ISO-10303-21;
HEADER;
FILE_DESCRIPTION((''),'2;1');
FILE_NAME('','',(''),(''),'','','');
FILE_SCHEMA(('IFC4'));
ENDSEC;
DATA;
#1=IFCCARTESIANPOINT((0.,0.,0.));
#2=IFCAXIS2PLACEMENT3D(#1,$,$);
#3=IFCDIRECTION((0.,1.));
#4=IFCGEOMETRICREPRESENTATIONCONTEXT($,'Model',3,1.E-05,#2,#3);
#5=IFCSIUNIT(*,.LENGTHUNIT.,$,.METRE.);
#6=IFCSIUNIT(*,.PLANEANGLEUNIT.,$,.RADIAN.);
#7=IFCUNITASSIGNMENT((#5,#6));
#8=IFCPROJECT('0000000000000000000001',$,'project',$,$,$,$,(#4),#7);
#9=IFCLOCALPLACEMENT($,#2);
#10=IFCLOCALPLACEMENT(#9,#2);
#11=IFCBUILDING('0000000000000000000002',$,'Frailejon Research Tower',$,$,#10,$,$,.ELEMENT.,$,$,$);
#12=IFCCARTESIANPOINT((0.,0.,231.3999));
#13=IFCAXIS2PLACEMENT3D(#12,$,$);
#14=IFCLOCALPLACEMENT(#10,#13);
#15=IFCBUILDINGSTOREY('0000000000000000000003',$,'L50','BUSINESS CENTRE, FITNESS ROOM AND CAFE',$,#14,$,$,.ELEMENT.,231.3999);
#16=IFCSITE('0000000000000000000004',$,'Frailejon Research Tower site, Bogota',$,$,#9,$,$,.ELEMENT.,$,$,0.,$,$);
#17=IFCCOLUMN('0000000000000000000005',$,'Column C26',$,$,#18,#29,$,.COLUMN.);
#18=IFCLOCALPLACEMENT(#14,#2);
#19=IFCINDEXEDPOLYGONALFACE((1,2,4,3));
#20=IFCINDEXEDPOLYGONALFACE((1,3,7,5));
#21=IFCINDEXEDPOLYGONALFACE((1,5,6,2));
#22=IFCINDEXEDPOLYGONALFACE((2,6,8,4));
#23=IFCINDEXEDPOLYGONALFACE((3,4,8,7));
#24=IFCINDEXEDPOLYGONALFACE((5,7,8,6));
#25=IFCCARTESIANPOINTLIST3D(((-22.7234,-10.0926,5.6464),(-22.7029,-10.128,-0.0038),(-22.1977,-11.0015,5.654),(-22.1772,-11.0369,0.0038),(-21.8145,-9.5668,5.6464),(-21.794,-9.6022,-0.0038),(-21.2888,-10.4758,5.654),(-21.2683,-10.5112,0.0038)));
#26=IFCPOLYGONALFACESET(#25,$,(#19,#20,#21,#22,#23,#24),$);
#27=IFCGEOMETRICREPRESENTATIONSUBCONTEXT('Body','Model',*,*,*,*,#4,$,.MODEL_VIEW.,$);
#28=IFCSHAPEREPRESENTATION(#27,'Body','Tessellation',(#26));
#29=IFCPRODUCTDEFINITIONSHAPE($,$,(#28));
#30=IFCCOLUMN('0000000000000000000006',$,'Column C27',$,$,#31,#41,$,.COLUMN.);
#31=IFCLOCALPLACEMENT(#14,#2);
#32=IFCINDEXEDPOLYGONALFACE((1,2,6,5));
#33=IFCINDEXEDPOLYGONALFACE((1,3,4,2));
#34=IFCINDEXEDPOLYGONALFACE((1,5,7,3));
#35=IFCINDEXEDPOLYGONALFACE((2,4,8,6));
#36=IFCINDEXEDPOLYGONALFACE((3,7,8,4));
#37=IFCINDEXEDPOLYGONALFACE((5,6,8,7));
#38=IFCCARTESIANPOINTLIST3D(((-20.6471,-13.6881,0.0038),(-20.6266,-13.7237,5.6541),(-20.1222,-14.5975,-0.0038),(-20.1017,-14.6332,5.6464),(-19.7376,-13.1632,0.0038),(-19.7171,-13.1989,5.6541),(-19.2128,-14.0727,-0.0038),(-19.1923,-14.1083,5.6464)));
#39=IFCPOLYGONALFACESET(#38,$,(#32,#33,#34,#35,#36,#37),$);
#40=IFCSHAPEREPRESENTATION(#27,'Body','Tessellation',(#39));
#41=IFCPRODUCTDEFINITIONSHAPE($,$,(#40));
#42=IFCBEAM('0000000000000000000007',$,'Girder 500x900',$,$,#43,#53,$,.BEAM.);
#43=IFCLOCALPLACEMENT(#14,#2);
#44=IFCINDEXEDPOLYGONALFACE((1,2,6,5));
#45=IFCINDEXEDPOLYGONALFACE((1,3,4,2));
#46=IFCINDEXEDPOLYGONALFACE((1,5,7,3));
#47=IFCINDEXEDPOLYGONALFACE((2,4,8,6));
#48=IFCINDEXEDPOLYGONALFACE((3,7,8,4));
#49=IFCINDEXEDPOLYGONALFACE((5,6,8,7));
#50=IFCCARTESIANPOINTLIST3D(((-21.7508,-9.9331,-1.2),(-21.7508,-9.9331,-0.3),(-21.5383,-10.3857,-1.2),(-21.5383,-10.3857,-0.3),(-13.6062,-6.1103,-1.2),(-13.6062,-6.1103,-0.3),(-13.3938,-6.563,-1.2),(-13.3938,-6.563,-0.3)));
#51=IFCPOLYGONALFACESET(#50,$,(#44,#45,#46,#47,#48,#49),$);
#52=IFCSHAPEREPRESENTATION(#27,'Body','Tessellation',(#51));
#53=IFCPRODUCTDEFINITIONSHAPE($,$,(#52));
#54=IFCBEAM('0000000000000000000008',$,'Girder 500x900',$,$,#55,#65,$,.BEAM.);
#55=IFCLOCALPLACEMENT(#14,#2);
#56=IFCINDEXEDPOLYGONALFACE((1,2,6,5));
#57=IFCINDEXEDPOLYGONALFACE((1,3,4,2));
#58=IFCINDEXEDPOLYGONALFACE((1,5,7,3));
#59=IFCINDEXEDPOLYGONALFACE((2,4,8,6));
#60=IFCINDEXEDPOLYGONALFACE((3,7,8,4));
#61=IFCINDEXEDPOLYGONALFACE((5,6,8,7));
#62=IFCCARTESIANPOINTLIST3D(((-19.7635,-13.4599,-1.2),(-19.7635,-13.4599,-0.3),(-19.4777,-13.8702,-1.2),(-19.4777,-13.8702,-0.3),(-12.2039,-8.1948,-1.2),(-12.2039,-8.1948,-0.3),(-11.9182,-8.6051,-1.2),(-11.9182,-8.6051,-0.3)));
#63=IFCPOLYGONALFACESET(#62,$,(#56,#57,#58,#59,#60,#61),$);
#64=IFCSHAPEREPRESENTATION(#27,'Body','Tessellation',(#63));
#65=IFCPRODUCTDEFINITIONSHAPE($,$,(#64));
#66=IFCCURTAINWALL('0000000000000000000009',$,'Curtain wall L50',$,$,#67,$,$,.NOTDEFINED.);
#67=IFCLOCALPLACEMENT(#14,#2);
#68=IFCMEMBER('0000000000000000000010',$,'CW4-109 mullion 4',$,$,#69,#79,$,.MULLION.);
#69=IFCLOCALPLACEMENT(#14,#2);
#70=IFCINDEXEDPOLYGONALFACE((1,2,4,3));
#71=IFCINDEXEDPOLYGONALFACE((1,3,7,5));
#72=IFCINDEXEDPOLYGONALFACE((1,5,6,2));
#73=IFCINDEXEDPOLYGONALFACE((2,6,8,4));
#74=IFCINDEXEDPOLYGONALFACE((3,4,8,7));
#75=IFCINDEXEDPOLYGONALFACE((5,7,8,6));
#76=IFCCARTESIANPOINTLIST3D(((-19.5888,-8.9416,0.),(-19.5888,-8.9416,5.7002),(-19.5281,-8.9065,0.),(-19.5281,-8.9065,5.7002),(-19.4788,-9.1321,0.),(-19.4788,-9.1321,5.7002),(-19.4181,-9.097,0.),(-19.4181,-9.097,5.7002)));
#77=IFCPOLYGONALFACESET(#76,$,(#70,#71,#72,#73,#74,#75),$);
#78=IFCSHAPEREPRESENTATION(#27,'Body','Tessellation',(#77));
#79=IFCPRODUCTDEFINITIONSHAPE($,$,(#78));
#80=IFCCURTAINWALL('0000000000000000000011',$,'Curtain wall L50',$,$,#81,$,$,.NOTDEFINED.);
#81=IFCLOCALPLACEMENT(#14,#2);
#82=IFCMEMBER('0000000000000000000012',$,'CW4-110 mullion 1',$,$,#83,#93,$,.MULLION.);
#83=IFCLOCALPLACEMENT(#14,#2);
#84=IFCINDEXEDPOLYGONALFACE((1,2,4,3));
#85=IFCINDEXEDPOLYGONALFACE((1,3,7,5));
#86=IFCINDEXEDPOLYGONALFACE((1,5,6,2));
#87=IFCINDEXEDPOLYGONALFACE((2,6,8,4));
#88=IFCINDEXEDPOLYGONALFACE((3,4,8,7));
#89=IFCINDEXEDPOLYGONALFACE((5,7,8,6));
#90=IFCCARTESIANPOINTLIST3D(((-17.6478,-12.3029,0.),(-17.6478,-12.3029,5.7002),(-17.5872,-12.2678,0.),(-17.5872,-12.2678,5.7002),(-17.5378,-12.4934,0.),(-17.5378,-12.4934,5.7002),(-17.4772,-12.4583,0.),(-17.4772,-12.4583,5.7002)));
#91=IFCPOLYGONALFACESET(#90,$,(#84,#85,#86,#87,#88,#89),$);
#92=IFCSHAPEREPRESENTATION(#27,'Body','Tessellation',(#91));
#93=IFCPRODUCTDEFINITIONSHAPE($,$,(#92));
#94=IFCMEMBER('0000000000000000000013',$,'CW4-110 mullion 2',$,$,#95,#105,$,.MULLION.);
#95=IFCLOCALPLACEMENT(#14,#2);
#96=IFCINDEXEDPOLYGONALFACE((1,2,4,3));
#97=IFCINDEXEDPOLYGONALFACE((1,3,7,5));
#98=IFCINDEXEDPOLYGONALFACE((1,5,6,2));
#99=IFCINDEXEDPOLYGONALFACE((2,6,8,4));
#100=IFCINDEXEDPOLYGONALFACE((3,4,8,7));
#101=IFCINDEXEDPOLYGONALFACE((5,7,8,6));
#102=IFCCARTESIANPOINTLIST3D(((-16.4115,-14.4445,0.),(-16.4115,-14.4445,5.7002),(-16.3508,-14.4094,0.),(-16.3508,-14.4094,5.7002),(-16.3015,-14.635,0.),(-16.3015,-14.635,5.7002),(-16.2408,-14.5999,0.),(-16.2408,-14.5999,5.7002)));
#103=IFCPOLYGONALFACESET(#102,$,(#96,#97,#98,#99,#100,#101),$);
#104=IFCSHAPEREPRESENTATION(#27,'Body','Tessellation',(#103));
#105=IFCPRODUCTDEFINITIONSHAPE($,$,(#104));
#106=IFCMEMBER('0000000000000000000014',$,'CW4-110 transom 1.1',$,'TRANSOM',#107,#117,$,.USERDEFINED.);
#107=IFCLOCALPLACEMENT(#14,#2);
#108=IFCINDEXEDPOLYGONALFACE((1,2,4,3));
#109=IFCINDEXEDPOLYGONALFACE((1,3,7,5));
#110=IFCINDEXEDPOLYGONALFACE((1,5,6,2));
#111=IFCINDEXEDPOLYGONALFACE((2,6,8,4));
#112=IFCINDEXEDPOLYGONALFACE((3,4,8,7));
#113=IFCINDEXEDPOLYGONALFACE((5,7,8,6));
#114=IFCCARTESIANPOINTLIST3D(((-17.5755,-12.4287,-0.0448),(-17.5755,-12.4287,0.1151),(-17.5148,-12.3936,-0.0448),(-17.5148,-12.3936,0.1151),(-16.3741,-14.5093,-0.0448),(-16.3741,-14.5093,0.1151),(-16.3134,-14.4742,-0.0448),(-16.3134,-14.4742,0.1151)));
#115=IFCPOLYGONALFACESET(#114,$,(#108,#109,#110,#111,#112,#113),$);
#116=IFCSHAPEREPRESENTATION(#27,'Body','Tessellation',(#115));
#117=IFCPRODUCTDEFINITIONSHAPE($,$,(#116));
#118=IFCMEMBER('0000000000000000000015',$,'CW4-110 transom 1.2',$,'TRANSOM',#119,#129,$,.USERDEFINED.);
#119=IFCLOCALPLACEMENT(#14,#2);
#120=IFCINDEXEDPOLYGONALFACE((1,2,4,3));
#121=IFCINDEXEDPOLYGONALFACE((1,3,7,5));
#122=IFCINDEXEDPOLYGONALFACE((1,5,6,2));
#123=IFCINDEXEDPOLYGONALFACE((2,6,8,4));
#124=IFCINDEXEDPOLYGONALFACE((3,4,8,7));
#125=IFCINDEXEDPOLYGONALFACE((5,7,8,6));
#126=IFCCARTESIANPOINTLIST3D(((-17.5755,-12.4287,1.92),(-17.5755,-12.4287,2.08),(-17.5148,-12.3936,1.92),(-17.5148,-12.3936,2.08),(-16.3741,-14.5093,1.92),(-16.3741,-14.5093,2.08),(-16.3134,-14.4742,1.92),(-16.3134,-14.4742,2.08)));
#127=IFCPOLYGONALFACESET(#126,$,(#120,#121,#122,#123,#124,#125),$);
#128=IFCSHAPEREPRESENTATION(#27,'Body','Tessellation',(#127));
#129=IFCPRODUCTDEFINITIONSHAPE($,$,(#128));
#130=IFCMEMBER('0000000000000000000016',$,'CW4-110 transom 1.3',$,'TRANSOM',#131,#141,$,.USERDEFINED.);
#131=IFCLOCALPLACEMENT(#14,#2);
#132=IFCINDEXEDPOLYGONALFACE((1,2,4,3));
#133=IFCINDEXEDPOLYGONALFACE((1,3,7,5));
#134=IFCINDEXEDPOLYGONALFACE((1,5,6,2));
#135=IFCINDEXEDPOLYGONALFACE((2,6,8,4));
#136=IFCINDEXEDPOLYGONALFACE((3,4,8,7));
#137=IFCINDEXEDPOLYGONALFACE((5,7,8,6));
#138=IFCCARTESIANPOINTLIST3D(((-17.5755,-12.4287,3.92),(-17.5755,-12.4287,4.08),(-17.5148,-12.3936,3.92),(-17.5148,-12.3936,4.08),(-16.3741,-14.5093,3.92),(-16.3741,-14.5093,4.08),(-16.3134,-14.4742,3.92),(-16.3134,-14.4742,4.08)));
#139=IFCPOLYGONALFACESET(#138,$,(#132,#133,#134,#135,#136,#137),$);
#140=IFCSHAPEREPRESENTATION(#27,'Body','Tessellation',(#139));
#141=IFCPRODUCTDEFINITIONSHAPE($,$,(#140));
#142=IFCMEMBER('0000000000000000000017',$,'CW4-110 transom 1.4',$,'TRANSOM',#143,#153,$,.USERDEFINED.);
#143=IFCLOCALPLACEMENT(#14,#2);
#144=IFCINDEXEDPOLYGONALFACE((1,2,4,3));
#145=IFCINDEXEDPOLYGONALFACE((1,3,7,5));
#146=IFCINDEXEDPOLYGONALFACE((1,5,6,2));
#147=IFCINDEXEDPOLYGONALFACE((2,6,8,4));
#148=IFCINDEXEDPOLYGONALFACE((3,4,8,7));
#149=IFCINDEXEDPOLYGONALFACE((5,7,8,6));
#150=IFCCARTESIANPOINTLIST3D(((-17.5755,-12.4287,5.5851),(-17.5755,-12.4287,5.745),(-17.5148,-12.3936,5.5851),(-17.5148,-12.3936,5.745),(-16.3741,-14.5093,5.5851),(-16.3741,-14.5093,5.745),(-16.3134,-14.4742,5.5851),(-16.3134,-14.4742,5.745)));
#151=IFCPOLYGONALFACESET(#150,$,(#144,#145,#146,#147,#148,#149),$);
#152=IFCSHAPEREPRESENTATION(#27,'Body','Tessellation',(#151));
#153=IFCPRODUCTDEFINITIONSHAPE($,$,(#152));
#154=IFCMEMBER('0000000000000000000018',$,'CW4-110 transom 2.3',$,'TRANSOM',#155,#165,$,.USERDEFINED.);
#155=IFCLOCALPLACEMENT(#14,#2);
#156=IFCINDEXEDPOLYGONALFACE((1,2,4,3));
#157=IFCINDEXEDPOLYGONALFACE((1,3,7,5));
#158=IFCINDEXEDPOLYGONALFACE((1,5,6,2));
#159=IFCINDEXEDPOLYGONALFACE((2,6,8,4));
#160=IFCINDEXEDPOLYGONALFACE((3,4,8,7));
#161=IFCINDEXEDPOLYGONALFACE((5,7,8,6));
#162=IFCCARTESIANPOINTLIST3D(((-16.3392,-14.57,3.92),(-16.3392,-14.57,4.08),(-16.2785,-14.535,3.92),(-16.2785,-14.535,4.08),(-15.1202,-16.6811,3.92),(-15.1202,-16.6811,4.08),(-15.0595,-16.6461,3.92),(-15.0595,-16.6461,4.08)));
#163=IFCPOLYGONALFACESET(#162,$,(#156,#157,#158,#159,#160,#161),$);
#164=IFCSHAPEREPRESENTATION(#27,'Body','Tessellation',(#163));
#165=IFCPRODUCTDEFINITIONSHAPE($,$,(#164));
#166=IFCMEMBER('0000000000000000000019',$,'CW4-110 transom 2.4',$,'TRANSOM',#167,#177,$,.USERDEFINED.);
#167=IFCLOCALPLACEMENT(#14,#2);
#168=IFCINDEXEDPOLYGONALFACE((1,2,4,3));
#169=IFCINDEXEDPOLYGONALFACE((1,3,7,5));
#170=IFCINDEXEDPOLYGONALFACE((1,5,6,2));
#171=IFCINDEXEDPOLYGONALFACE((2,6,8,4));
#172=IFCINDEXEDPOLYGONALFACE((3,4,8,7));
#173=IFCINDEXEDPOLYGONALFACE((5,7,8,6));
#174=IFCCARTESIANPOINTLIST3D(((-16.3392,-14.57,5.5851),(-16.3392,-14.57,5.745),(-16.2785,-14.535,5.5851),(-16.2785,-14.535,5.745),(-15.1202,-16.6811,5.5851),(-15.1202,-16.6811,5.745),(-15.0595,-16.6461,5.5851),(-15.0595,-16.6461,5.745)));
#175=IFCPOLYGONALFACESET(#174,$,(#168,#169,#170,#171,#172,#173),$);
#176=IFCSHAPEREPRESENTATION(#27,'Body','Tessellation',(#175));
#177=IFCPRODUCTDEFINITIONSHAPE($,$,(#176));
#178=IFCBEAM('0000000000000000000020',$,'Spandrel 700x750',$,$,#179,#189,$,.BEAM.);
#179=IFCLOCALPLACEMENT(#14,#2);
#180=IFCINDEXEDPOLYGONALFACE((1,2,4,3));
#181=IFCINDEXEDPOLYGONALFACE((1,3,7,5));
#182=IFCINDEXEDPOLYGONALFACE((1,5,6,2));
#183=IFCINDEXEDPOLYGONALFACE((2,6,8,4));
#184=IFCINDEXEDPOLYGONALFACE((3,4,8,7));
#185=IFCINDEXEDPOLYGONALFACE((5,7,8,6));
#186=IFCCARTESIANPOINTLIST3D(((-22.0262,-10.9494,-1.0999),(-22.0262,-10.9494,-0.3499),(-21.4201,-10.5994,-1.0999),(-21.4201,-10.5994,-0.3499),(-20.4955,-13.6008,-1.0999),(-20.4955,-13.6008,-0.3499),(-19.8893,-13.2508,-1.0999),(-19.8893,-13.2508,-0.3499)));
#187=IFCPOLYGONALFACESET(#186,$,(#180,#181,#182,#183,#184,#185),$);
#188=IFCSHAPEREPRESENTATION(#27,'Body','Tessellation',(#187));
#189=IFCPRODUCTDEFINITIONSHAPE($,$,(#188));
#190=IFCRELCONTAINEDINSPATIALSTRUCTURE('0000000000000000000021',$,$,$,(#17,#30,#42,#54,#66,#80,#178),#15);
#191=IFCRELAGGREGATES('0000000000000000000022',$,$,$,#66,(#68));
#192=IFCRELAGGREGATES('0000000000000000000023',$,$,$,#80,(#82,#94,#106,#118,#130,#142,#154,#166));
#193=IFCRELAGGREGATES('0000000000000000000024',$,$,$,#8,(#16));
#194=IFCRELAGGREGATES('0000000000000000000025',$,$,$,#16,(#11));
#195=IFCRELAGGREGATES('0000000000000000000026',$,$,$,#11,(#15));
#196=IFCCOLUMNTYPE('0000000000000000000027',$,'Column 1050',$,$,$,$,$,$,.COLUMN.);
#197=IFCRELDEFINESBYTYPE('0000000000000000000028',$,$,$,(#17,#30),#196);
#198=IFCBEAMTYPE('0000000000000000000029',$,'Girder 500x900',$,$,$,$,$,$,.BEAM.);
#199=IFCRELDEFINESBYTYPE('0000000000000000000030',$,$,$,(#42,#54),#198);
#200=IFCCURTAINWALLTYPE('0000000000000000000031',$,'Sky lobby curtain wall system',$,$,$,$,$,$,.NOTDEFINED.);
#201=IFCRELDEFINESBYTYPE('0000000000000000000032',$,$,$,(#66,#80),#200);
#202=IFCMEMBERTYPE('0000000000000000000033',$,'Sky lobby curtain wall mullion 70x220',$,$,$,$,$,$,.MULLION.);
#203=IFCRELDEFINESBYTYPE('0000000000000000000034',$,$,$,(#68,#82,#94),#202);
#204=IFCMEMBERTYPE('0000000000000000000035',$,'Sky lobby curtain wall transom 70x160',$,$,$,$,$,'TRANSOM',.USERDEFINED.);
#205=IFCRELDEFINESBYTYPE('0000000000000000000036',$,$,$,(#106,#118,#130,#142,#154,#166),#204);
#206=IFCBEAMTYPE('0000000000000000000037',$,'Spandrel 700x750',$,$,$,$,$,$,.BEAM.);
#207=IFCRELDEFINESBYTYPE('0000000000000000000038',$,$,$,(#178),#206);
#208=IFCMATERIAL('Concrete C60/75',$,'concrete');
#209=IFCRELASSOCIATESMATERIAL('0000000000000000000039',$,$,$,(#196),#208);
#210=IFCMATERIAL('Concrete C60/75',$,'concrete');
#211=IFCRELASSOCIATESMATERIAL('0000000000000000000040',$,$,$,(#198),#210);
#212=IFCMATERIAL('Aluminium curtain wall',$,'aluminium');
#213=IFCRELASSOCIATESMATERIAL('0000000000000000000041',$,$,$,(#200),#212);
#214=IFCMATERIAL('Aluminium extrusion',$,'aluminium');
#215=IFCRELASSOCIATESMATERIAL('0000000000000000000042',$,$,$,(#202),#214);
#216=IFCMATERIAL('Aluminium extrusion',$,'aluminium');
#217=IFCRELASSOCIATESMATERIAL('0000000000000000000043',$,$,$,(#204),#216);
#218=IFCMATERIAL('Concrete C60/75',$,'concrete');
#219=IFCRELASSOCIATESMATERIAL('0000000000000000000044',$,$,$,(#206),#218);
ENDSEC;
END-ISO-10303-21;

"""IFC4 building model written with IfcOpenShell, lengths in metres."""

from ifc_helpers import new_model, si_unit, direction, frame, origin, origin_2d, place, context, subcontext, project, spatial, rectangle, extrude, material, material_profile, profile_set, type_object, element, aggregate, save


model = new_model("IFC4")

# Units and contexts
model_context = context("Model", 3, precision=1e-05, world=origin(), true_north=direction((0.0, 1.0)))
body_context = subcontext(model_context, "Body", "Model", "MODEL_VIEW")
ifc_project = project(units=[si_unit("LENGTHUNIT", "METRE"), si_unit("PLANEANGLEUNIT", "RADIAN")], contexts=[model_context])

# Site, building, storey
site_placement = place(None, origin())
site = spatial("IfcSite", under=ifc_project, at=site_placement, Name="Frailejon Research Tower site, Bogota", CompositionType="ELEMENT", RefElevation=0.0)
building_placement = place(site_placement, origin())
building = spatial("IfcBuilding", under=site, at=building_placement, Name="Frailejon Research Tower", CompositionType="ELEMENT")
storey_placement = place(building_placement, frame((0.0, 0.0, 231.3999)))
storey = spatial("IfcBuildingStorey", under=building, at=storey_placement, Name="L50", Description="BUSINESS CENTRE, FITNESS ROOM AND CAFE", CompositionType="ELEMENT", Elevation=231.3999)

# Columns
ifc_material_1 = material(Name="Concrete C60/75", Category="concrete")
ifc_material_profile_1 = material_profile(ifc_material_1, rectangle(XDim=1.05, YDim=1.05, at=origin_2d()), Name="Column 1050")
ifc_profile_set_1 = profile_set([ifc_material_profile_1], Name="Concrete C60/75")
column_type = type_object("IfcColumnType", Name="Column 1050", PredefinedType="COLUMN", material=ifc_profile_set_1)
for number, where, z_axis, x_axis, name in (
    (1, (-21.9856, -10.3196, 0.0), (-0.00363, 0.006265, 0.999974), (0.500675, -0.865605, 0.007241), "Column C26"),
    (2, (-19.9299, -13.8804, 0.0), (0.00363, -0.006308, 0.999974), (0.499821, -0.866098, -0.007278), "Column C27"),
):
    element("IfcColumn", number, at=place(storey_placement, frame(where, z_axis=z_axis, x_axis=x_axis)), inside=storey, type_object=column_type, Name=name, PredefinedType="COLUMN", context=body_context, shape_type="SweptSolid", body=[
        extrude(rectangle(XDim=1.05, YDim=1.05, at=origin_2d()), origin(), (0.0, 0.0, 1.0), 5.6504),
    ])

# Beams
ifc_material_2 = material(Name="Concrete C60/75", Category="concrete")
ifc_material_profile_2 = material_profile(ifc_material_2, rectangle(XDim=0.5, YDim=0.8999, at=origin_2d()), Name="Girder 500x900")
ifc_profile_set_2 = profile_set([ifc_material_profile_2], Name="Concrete C60/75")
beam_type_1 = type_object("IfcBeamType", Name="Girder 500x900", PredefinedType="BEAM", material=ifc_profile_set_2)
beam_1_placement = place(storey_placement, frame((-21.6445, -10.1594, -0.75), z_axis=(0.905245, 0.42489, 0.0), x_axis=(-0.42489, 0.905245, 0.0)))
element("IfcBeam", 3, at=beam_1_placement, inside=storey, type_object=beam_type_1, Name="Girder 500x900", PredefinedType="BEAM", context=body_context, shape_type="SweptSolid", body=[
    extrude(rectangle(XDim=0.5, YDim=0.8999, at=origin_2d()), origin(), (0.0, 0.0, 1.0), 8.9971),
])
beam_2_placement = place(storey_placement, frame((-19.6206, -13.665, -0.75), z_axis=(0.820584, 0.571526, 0.0), x_axis=(-0.571526, 0.820584, 0.0)))
element("IfcBeam", 4, at=beam_2_placement, inside=storey, type_object=beam_type_1, Name="Girder 500x900", PredefinedType="BEAM", context=body_context, shape_type="SweptSolid", body=[
    extrude(rectangle(XDim=0.5, YDim=0.8999, at=origin_2d()), origin(), (0.0, 0.0, 1.0), 9.2124),
])

# Curtain wall, member
ifc_material_3 = material(Name="Aluminium curtain wall", Category="aluminium")
curtain_wall_type = type_object("IfcCurtainWallType", Name="Sky lobby curtain wall system", PredefinedType="NOTDEFINED", material=ifc_material_3)
curtain_wall_1_placement = place(storey_placement, origin())
curtain_wall_1 = element("IfcCurtainWall", 5, at=curtain_wall_1_placement, inside=storey, type_object=curtain_wall_type, Name="Curtain wall L50", PredefinedType="NOTDEFINED")
ifc_material_4 = material(Name="Aluminium extrusion", Category="aluminium")
ifc_material_profile_3 = material_profile(ifc_material_4, rectangle(XDim=0.0701, YDim=0.22, at=origin_2d()), Name="Sky lobby curtain wall mullion 70x220")
ifc_profile_set_3 = profile_set([ifc_material_profile_3], Name="Aluminium extrusion")
member_type_1 = type_object("IfcMemberType", Name="Sky lobby curtain wall mullion 70x220", PredefinedType="MULLION", material=ifc_profile_set_3)
member_1_placement = place(storey_placement, frame((-19.5034, -9.0193, 0.0), z_axis=(0.0, 0.0, 1.0), x_axis=(0.866025, 0.500001, 0.0)))
member_1 = element("IfcMember", 6, at=member_1_placement, type_object=member_type_1, Name="CW4-109 mullion 4", PredefinedType="MULLION", context=body_context, shape_type="SweptSolid", body=[
    extrude(rectangle(XDim=0.0701, YDim=0.22, at=origin_2d()), origin(), (0.0, 0.0, 1.0), 5.7002),
])
aggregate(curtain_wall_1, [member_1])

# Curtain wall, members
curtain_wall_2_placement = place(storey_placement, origin())
curtain_wall_2 = element("IfcCurtainWall", 7, at=curtain_wall_2_placement, inside=storey, type_object=curtain_wall_type, Name="Curtain wall L50", PredefinedType="NOTDEFINED")
member_2_placement = place(storey_placement, frame((-17.5625, -12.3806, 0.0), z_axis=(0.0, 0.0, 1.0), x_axis=(0.866025, 0.500001, 0.0)))
member_2 = element("IfcMember", 8, at=member_2_placement, type_object=member_type_1, Name="CW4-110 mullion 1", PredefinedType="MULLION", context=body_context, shape_type="SweptSolid", body=[
    extrude(rectangle(XDim=0.0701, YDim=0.22, at=origin_2d()), origin(), (0.0, 0.0, 1.0), 5.7002),
])
member_3_placement = place(storey_placement, frame((-16.3262, -14.5222, 0.0), z_axis=(0.0, 0.0, 1.0), x_axis=(0.866025, 0.500001, 0.0)))
member_3 = element("IfcMember", 9, at=member_3_placement, type_object=member_type_1, Name="CW4-110 mullion 2", PredefinedType="MULLION", context=body_context, shape_type="SweptSolid", body=[
    extrude(rectangle(XDim=0.0701, YDim=0.22, at=origin_2d()), origin(), (0.0, 0.0, 1.0), 5.7002),
])
ifc_material_5 = material(Name="Aluminium extrusion", Category="aluminium")
ifc_material_profile_4 = material_profile(ifc_material_5, rectangle(XDim=0.0701, YDim=0.1599, at=origin_2d()), Name="Sky lobby curtain wall transom 70x160")
ifc_profile_set_4 = profile_set([ifc_material_profile_4], Name="Aluminium extrusion")
member_type_2 = type_object("IfcMemberType", Name="Sky lobby curtain wall transom 70x160", ElementType="TRANSOM", PredefinedType="USERDEFINED", material=ifc_profile_set_4)
member_4_placement = place(storey_placement, frame((-17.5452, -12.4111, 0.0352), z_axis=(0.500063, -0.865989, 0.0), x_axis=(0.865989, 0.500063, 0.0)))
member_4 = element("IfcMember", 10, at=member_4_placement, type_object=member_type_2, Name="CW4-110 transom 1.1", ObjectType="TRANSOM", PredefinedType="USERDEFINED", context=body_context, shape_type="SweptSolid", body=[
    extrude(rectangle(XDim=0.0701, YDim=0.1599, at=origin_2d()), origin(), (0.0, 0.0, 1.0), 2.4026),
])
member_5_placement = place(storey_placement, frame((-17.5452, -12.4111, 2.0), z_axis=(0.500063, -0.865989, 0.0), x_axis=(0.865989, 0.500063, 0.0)))
member_5 = element("IfcMember", 11, at=member_5_placement, type_object=member_type_2, Name="CW4-110 transom 1.2", ObjectType="TRANSOM", PredefinedType="USERDEFINED", context=body_context, shape_type="SweptSolid", body=[
    extrude(rectangle(XDim=0.0701, YDim=0.1599, at=origin_2d()), origin(), (0.0, 0.0, 1.0), 2.4026),
])
member_6_placement = place(storey_placement, frame((-17.5452, -12.4111, 4.0), z_axis=(0.500063, -0.865989, 0.0), x_axis=(0.865989, 0.500063, 0.0)))
member_6 = element("IfcMember", 12, at=member_6_placement, type_object=member_type_2, Name="CW4-110 transom 1.3", ObjectType="TRANSOM", PredefinedType="USERDEFINED", context=body_context, shape_type="SweptSolid", body=[
    extrude(rectangle(XDim=0.0701, YDim=0.1599, at=origin_2d()), origin(), (0.0, 0.0, 1.0), 2.4026),
])
member_7_placement = place(storey_placement, frame((-17.5452, -12.4111, 5.665), z_axis=(0.500063, -0.865989, 0.0), x_axis=(0.865989, 0.500063, 0.0)))
member_7 = element("IfcMember", 13, at=member_7_placement, type_object=member_type_2, Name="CW4-110 transom 1.4", ObjectType="TRANSOM", PredefinedType="USERDEFINED", context=body_context, shape_type="SweptSolid", body=[
    extrude(rectangle(XDim=0.0701, YDim=0.1599, at=origin_2d()), origin(), (0.0, 0.0, 1.0), 2.4026),
])
member_8_placement = place(storey_placement, frame((-16.3088, -14.5525, 4.0), z_axis=(0.500049, -0.865997, 0.0), x_axis=(0.865997, 0.500049, 0.0)))
member_8 = element("IfcMember", 14, at=member_8_placement, type_object=member_type_2, Name="CW4-110 transom 2.3", ObjectType="TRANSOM", PredefinedType="USERDEFINED", context=body_context, shape_type="SweptSolid", body=[
    extrude(rectangle(XDim=0.0701, YDim=0.1599, at=origin_2d()), origin(), (0.0, 0.0, 1.0), 2.4377),
])
member_9_placement = place(storey_placement, frame((-16.3088, -14.5525, 5.665), z_axis=(0.500049, -0.865997, 0.0), x_axis=(0.865997, 0.500049, 0.0)))
member_9 = element("IfcMember", 15, at=member_9_placement, type_object=member_type_2, Name="CW4-110 transom 2.4", ObjectType="TRANSOM", PredefinedType="USERDEFINED", context=body_context, shape_type="SweptSolid", body=[
    extrude(rectangle(XDim=0.0701, YDim=0.1599, at=origin_2d()), origin(), (0.0, 0.0, 1.0), 2.4377),
])

# Beam
ifc_material_6 = material(Name="Concrete C60/75", Category="concrete")
ifc_material_profile_5 = material_profile(ifc_material_6, rectangle(XDim=0.7, YDim=0.75, at=origin_2d()), Name="Spandrel 700x750")
ifc_profile_set_5 = profile_set([ifc_material_profile_5], Name="Concrete C60/75")
beam_type_2 = type_object("IfcBeamType", Name="Spandrel 700x750", PredefinedType="BEAM", material=ifc_profile_set_5)
beam_3_placement = place(storey_placement, frame((-21.7231, -10.7744, -0.7249), z_axis=(0.499999, -0.866026, 0.0), x_axis=(0.866026, 0.499999, 0.0)))
element("IfcBeam", 16, at=beam_3_placement, inside=storey, type_object=beam_type_2, Name="Spandrel 700x750", PredefinedType="BEAM", context=body_context, shape_type="SweptSolid", body=[
    extrude(rectangle(XDim=0.7, YDim=0.75, at=origin_2d()), origin(), (0.0, 0.0, 1.0), 3.0615),
])

aggregate(curtain_wall_2, [member_2, member_3, member_4, member_5, member_6, member_7, member_8, member_9])

save(model, "model.ifc")
